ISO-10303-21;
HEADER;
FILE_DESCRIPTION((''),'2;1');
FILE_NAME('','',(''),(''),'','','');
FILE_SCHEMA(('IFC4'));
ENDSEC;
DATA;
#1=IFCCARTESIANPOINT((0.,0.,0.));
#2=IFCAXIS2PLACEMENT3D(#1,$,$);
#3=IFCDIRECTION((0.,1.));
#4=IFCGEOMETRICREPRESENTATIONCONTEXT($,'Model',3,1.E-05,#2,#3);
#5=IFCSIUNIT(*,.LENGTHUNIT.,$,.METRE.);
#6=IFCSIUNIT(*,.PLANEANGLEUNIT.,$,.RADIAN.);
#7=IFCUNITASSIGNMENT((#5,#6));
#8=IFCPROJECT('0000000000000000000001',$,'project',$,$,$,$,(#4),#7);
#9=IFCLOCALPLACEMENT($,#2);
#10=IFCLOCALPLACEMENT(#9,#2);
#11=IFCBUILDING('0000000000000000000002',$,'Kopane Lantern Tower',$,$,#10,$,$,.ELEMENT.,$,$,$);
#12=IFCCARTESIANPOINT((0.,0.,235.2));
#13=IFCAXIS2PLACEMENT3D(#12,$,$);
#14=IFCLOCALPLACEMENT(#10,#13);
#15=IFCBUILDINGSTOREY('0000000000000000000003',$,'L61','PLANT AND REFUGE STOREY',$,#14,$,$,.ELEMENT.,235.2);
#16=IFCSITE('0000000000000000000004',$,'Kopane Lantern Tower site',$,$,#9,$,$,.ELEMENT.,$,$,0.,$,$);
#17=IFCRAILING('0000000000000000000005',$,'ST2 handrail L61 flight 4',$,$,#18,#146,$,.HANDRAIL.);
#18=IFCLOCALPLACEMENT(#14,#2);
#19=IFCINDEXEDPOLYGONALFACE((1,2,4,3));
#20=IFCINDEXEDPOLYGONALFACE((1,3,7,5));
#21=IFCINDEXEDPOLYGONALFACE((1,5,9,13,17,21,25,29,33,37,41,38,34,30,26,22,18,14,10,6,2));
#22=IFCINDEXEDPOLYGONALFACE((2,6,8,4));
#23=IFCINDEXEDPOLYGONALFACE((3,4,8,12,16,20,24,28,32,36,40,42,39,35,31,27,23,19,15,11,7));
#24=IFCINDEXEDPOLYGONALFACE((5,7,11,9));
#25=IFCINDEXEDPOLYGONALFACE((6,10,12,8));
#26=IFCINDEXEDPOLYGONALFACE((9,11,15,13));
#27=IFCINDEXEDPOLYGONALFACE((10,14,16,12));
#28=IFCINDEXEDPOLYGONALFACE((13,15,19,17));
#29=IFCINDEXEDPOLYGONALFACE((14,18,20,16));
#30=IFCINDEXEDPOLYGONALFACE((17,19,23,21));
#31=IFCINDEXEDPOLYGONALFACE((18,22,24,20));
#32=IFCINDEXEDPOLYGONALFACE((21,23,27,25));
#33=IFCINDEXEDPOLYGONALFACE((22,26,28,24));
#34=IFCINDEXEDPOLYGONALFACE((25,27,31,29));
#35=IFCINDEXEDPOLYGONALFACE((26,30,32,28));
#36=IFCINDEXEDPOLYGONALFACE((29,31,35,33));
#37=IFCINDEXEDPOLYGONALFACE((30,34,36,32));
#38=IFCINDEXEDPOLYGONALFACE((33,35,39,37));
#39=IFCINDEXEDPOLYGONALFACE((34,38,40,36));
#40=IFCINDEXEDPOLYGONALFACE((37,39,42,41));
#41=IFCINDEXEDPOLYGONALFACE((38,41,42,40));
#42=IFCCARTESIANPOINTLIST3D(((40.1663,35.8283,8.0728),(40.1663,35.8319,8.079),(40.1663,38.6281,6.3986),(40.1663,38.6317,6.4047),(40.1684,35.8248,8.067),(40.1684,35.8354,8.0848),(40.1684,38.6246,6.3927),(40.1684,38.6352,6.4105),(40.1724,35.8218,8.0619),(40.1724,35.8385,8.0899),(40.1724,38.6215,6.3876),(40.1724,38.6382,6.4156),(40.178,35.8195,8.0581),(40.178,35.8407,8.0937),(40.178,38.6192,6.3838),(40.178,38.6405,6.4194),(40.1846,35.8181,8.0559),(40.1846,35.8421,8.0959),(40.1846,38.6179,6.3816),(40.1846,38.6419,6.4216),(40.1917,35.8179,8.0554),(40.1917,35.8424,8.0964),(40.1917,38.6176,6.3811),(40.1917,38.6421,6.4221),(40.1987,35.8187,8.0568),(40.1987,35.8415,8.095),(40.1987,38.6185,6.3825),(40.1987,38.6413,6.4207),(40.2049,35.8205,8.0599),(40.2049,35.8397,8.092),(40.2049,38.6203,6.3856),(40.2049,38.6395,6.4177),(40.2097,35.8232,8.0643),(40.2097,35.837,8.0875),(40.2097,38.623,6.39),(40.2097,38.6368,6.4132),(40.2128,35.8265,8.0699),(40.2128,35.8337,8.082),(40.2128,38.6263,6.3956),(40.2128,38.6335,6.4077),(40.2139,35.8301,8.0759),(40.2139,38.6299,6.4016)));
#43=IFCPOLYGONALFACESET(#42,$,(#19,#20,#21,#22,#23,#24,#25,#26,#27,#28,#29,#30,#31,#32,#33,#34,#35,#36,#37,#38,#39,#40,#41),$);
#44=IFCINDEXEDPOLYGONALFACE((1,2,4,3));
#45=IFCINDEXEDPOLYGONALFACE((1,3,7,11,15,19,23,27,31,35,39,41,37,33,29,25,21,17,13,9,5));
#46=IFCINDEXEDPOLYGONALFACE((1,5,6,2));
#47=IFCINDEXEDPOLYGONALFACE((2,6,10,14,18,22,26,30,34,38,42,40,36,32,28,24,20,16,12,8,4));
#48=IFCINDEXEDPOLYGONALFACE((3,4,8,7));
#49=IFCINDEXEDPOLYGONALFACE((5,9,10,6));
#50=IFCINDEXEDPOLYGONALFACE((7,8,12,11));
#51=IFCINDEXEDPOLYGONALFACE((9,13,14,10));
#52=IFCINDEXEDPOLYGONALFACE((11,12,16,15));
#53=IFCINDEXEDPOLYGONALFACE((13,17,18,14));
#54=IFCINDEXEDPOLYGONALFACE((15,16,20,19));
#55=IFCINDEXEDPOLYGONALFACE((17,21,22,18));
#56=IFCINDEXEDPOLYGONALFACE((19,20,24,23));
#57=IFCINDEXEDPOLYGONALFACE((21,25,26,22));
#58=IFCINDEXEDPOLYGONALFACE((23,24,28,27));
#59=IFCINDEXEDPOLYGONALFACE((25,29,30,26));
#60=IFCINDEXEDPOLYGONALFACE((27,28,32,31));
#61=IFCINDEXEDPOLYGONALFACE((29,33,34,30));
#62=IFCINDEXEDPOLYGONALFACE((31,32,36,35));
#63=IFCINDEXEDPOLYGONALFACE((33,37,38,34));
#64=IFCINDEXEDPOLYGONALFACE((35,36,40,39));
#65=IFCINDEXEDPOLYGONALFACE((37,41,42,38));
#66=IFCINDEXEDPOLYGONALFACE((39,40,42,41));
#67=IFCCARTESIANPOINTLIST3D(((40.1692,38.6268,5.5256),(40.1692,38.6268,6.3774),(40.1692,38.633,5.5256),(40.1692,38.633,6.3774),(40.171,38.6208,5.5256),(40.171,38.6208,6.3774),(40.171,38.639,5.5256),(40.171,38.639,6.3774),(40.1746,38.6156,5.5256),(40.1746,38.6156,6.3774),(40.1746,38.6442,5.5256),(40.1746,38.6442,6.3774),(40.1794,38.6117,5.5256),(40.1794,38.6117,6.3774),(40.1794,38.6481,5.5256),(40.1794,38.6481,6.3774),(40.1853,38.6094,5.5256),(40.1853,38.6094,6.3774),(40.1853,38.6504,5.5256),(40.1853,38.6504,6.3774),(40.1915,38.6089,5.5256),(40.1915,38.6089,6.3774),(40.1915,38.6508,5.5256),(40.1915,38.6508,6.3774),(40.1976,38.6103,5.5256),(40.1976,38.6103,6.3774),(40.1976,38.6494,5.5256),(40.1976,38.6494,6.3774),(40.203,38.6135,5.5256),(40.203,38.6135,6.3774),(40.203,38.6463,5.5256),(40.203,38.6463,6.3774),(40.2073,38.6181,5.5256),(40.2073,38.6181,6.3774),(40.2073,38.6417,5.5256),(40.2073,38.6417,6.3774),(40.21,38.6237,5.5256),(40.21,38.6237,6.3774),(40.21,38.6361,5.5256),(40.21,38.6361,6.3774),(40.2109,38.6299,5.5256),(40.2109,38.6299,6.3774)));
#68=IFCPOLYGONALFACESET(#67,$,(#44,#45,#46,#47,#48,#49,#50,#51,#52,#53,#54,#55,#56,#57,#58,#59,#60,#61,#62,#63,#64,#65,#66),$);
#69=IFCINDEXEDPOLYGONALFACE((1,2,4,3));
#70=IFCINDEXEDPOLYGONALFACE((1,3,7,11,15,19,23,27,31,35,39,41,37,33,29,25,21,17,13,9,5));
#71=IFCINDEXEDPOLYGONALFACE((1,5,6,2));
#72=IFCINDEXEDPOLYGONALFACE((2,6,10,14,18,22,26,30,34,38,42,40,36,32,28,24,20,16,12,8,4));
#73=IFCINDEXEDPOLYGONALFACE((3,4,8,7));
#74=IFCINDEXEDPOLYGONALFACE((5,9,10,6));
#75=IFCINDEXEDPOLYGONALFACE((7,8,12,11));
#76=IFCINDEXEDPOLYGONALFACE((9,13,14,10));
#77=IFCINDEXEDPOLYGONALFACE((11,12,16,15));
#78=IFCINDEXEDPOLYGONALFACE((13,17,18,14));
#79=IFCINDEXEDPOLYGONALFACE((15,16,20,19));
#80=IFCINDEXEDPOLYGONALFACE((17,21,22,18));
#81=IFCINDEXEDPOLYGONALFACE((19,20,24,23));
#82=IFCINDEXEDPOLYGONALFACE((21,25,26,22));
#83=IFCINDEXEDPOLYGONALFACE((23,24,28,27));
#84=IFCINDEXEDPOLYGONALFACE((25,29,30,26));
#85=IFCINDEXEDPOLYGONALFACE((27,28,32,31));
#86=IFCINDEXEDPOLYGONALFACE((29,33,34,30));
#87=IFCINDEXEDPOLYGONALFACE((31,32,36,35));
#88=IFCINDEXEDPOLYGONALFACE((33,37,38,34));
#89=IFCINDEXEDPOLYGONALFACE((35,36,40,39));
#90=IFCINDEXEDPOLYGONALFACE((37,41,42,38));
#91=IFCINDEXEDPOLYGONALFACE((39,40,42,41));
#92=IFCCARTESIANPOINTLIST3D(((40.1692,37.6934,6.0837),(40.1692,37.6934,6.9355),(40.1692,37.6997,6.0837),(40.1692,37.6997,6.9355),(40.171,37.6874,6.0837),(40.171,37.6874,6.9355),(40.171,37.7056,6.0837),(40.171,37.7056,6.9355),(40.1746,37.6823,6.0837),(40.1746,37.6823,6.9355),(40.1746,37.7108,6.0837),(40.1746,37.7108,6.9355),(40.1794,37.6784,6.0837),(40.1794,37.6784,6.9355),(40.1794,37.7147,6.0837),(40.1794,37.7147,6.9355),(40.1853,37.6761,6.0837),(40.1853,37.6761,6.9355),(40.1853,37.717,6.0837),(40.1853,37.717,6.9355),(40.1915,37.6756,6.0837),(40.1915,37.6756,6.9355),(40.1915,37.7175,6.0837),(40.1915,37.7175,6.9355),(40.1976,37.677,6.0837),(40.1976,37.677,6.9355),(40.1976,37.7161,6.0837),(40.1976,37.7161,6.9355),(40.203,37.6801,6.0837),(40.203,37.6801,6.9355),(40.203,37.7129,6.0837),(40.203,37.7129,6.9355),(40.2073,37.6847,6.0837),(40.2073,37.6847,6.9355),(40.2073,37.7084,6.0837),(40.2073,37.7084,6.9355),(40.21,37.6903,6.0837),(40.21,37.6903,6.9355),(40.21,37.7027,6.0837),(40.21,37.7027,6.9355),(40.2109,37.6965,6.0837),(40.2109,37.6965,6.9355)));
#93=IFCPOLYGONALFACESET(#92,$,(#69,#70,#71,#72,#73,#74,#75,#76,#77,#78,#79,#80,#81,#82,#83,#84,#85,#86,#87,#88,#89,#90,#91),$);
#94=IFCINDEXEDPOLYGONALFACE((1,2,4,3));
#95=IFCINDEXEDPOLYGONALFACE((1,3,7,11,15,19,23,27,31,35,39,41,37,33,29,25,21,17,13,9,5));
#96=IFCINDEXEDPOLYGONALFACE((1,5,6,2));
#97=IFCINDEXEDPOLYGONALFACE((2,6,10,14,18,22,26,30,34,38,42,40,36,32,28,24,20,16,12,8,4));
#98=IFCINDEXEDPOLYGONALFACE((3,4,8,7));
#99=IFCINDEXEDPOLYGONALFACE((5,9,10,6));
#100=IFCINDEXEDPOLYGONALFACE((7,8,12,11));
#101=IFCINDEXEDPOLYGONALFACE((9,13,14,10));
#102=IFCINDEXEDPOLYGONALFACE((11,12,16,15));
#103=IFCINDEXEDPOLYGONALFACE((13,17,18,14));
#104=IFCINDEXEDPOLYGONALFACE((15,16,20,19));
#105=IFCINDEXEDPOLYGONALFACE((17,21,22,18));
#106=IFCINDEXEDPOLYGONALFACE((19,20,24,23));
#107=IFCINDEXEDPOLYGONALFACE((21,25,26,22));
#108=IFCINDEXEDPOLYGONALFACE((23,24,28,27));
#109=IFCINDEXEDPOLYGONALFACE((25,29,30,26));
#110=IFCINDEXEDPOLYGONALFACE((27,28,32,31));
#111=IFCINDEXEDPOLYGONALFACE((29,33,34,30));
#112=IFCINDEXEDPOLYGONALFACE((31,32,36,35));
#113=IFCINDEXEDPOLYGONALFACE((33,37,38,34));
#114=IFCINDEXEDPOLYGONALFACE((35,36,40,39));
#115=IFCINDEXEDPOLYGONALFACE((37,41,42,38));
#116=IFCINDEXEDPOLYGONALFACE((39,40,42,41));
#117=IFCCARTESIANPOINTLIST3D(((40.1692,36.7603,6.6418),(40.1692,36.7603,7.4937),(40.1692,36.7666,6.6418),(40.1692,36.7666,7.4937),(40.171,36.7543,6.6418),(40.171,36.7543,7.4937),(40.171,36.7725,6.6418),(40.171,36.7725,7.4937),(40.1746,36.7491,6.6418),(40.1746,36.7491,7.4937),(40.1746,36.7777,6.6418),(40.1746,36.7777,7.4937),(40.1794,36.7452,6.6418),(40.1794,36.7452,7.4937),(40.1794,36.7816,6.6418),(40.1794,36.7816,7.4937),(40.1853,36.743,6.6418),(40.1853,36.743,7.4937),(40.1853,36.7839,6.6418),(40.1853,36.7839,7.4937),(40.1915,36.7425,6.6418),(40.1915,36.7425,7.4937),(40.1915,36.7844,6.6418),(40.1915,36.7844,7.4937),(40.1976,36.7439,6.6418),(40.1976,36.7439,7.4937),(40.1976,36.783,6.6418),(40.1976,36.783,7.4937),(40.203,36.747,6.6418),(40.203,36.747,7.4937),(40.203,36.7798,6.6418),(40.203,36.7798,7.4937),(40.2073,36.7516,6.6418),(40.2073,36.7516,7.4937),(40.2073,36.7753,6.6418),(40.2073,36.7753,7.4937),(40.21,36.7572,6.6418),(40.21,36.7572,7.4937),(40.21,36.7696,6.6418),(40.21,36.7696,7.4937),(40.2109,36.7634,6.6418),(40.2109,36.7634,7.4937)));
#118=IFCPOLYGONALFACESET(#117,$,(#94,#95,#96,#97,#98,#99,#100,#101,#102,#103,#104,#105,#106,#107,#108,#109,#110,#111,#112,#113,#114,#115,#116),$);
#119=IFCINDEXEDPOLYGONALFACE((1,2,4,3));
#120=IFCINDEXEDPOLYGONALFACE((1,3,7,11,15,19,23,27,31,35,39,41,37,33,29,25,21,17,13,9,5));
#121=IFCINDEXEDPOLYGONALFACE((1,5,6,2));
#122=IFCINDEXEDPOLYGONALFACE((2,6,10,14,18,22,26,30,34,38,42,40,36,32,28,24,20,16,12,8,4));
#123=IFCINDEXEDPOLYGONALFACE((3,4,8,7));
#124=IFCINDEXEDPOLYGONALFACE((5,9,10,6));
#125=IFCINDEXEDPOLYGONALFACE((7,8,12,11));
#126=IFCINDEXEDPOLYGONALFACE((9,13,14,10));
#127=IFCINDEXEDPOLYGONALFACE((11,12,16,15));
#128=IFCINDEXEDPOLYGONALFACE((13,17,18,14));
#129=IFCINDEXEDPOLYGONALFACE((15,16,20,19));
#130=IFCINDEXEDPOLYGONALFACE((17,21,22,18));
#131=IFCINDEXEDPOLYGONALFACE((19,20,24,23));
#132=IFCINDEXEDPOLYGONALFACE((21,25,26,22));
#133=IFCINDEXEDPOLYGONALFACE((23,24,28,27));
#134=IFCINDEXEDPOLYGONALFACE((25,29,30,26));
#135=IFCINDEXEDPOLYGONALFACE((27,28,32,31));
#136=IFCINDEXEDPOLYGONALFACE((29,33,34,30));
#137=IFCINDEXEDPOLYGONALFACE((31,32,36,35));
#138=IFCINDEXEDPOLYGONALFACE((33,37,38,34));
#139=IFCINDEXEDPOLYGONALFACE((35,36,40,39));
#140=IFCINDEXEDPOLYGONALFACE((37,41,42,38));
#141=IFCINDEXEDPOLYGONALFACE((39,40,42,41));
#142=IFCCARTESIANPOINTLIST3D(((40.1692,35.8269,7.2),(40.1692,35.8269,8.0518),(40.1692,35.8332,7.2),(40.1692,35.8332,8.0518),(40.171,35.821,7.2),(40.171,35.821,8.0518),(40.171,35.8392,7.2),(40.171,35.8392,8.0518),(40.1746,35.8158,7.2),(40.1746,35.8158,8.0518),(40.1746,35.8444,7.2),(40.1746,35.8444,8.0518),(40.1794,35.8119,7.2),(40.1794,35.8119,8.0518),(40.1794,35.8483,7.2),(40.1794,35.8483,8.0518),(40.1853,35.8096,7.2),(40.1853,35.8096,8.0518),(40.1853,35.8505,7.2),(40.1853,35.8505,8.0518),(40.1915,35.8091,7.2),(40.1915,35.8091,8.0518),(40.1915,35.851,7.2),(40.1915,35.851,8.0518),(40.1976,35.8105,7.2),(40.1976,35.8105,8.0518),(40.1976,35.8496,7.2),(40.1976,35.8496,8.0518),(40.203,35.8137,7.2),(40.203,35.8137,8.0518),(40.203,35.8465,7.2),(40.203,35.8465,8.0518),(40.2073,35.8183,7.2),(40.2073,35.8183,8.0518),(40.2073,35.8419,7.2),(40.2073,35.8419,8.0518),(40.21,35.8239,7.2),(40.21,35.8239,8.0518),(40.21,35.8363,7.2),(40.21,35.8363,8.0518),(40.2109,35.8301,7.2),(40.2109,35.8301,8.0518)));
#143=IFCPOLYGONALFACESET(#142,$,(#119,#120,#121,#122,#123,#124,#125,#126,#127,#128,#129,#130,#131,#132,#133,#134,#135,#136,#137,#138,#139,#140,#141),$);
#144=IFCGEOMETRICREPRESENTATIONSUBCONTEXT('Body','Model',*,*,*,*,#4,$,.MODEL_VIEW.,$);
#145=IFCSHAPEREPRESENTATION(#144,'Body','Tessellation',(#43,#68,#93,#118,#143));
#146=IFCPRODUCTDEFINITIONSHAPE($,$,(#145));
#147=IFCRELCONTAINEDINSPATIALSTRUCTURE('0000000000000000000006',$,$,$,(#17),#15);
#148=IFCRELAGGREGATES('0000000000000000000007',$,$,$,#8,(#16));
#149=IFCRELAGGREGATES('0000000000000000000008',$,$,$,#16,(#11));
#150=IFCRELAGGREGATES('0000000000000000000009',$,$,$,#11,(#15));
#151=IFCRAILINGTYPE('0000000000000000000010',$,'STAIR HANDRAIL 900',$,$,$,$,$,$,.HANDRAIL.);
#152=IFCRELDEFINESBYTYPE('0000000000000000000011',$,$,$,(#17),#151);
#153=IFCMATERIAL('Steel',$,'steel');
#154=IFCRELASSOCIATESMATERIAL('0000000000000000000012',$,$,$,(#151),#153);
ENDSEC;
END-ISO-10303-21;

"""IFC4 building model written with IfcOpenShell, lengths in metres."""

from ifc_helpers import new_model, si_unit, direction, frame, origin, origin_2d, place, context, subcontext, project, spatial, circle, extrude, material, type_object, element, save


model = new_model("IFC4")

# Units and contexts
model_context = context("Model", 3, precision=1e-05, world=origin(), true_north=direction((0.0, 1.0)))
body_context = subcontext(model_context, "Body", "Model", "MODEL_VIEW")
ifc_project = project(units=[si_unit("LENGTHUNIT", "METRE"), si_unit("PLANEANGLEUNIT", "RADIAN")], contexts=[model_context])

# Site, building, storey
site_placement = place(None, origin())
site = spatial("IfcSite", under=ifc_project, at=site_placement, Name="Kopane Lantern Tower site", CompositionType="ELEMENT", RefElevation=0.0)
building_placement = place(site_placement, origin())
building = spatial("IfcBuilding", under=site, at=building_placement, Name="Kopane Lantern Tower", CompositionType="ELEMENT")
storey_placement = place(building_placement, frame((0.0, 0.0, 235.2)))
storey = spatial("IfcBuildingStorey", under=building, at=storey_placement, Name="L61", Description="PLANT AND REFUGE STOREY", CompositionType="ELEMENT", Elevation=235.2)

# Railing
ifc_material_1 = material(Name="Steel", Category="steel")
railing_type_1 = type_object("IfcRailingType", Name="STAIR HANDRAIL 900", PredefinedType="HANDRAIL", material=ifc_material_1)
for number, where, name in (
    (1, (40.1899, 38.6299, 5.5256), "ST2 handrail L61 flight 4"),
):
    element("IfcRailing", number, at=place(storey_placement, frame(where)), inside=storey, type_object=railing_type_1, Name=name, PredefinedType="HANDRAIL", context=body_context, shape_type="SweptSolid", body=[
        extrude(circle(Radius=0.0239, at=origin_2d()), frame((0.0, 0.0, 0.876), z_axis=(0.0, -0.858245, 0.513241), x_axis=(1.0, 0.0, 0.0)), (0.0, 0.0, 1.0), 3.2622),
        extrude(circle(Radius=0.021, at=origin_2d()), origin(), (0.0, 0.0, 1.0), 0.8518),
        extrude(circle(Radius=0.021, at=origin_2d()), frame((0.0, -0.9333, 0.5581)), (0.0, 0.0, 1.0), 0.8518),
        extrude(circle(Radius=0.021, at=origin_2d()), frame((0.0, -1.8665, 1.1162)), (0.0, 0.0, 1.0), 0.8518),
        extrude(circle(Radius=0.021, at=origin_2d()), frame((0.0, -2.7998, 1.6743)), (0.0, 0.0, 1.0), 0.8518),
    ])

save(model, "model.ifc")
